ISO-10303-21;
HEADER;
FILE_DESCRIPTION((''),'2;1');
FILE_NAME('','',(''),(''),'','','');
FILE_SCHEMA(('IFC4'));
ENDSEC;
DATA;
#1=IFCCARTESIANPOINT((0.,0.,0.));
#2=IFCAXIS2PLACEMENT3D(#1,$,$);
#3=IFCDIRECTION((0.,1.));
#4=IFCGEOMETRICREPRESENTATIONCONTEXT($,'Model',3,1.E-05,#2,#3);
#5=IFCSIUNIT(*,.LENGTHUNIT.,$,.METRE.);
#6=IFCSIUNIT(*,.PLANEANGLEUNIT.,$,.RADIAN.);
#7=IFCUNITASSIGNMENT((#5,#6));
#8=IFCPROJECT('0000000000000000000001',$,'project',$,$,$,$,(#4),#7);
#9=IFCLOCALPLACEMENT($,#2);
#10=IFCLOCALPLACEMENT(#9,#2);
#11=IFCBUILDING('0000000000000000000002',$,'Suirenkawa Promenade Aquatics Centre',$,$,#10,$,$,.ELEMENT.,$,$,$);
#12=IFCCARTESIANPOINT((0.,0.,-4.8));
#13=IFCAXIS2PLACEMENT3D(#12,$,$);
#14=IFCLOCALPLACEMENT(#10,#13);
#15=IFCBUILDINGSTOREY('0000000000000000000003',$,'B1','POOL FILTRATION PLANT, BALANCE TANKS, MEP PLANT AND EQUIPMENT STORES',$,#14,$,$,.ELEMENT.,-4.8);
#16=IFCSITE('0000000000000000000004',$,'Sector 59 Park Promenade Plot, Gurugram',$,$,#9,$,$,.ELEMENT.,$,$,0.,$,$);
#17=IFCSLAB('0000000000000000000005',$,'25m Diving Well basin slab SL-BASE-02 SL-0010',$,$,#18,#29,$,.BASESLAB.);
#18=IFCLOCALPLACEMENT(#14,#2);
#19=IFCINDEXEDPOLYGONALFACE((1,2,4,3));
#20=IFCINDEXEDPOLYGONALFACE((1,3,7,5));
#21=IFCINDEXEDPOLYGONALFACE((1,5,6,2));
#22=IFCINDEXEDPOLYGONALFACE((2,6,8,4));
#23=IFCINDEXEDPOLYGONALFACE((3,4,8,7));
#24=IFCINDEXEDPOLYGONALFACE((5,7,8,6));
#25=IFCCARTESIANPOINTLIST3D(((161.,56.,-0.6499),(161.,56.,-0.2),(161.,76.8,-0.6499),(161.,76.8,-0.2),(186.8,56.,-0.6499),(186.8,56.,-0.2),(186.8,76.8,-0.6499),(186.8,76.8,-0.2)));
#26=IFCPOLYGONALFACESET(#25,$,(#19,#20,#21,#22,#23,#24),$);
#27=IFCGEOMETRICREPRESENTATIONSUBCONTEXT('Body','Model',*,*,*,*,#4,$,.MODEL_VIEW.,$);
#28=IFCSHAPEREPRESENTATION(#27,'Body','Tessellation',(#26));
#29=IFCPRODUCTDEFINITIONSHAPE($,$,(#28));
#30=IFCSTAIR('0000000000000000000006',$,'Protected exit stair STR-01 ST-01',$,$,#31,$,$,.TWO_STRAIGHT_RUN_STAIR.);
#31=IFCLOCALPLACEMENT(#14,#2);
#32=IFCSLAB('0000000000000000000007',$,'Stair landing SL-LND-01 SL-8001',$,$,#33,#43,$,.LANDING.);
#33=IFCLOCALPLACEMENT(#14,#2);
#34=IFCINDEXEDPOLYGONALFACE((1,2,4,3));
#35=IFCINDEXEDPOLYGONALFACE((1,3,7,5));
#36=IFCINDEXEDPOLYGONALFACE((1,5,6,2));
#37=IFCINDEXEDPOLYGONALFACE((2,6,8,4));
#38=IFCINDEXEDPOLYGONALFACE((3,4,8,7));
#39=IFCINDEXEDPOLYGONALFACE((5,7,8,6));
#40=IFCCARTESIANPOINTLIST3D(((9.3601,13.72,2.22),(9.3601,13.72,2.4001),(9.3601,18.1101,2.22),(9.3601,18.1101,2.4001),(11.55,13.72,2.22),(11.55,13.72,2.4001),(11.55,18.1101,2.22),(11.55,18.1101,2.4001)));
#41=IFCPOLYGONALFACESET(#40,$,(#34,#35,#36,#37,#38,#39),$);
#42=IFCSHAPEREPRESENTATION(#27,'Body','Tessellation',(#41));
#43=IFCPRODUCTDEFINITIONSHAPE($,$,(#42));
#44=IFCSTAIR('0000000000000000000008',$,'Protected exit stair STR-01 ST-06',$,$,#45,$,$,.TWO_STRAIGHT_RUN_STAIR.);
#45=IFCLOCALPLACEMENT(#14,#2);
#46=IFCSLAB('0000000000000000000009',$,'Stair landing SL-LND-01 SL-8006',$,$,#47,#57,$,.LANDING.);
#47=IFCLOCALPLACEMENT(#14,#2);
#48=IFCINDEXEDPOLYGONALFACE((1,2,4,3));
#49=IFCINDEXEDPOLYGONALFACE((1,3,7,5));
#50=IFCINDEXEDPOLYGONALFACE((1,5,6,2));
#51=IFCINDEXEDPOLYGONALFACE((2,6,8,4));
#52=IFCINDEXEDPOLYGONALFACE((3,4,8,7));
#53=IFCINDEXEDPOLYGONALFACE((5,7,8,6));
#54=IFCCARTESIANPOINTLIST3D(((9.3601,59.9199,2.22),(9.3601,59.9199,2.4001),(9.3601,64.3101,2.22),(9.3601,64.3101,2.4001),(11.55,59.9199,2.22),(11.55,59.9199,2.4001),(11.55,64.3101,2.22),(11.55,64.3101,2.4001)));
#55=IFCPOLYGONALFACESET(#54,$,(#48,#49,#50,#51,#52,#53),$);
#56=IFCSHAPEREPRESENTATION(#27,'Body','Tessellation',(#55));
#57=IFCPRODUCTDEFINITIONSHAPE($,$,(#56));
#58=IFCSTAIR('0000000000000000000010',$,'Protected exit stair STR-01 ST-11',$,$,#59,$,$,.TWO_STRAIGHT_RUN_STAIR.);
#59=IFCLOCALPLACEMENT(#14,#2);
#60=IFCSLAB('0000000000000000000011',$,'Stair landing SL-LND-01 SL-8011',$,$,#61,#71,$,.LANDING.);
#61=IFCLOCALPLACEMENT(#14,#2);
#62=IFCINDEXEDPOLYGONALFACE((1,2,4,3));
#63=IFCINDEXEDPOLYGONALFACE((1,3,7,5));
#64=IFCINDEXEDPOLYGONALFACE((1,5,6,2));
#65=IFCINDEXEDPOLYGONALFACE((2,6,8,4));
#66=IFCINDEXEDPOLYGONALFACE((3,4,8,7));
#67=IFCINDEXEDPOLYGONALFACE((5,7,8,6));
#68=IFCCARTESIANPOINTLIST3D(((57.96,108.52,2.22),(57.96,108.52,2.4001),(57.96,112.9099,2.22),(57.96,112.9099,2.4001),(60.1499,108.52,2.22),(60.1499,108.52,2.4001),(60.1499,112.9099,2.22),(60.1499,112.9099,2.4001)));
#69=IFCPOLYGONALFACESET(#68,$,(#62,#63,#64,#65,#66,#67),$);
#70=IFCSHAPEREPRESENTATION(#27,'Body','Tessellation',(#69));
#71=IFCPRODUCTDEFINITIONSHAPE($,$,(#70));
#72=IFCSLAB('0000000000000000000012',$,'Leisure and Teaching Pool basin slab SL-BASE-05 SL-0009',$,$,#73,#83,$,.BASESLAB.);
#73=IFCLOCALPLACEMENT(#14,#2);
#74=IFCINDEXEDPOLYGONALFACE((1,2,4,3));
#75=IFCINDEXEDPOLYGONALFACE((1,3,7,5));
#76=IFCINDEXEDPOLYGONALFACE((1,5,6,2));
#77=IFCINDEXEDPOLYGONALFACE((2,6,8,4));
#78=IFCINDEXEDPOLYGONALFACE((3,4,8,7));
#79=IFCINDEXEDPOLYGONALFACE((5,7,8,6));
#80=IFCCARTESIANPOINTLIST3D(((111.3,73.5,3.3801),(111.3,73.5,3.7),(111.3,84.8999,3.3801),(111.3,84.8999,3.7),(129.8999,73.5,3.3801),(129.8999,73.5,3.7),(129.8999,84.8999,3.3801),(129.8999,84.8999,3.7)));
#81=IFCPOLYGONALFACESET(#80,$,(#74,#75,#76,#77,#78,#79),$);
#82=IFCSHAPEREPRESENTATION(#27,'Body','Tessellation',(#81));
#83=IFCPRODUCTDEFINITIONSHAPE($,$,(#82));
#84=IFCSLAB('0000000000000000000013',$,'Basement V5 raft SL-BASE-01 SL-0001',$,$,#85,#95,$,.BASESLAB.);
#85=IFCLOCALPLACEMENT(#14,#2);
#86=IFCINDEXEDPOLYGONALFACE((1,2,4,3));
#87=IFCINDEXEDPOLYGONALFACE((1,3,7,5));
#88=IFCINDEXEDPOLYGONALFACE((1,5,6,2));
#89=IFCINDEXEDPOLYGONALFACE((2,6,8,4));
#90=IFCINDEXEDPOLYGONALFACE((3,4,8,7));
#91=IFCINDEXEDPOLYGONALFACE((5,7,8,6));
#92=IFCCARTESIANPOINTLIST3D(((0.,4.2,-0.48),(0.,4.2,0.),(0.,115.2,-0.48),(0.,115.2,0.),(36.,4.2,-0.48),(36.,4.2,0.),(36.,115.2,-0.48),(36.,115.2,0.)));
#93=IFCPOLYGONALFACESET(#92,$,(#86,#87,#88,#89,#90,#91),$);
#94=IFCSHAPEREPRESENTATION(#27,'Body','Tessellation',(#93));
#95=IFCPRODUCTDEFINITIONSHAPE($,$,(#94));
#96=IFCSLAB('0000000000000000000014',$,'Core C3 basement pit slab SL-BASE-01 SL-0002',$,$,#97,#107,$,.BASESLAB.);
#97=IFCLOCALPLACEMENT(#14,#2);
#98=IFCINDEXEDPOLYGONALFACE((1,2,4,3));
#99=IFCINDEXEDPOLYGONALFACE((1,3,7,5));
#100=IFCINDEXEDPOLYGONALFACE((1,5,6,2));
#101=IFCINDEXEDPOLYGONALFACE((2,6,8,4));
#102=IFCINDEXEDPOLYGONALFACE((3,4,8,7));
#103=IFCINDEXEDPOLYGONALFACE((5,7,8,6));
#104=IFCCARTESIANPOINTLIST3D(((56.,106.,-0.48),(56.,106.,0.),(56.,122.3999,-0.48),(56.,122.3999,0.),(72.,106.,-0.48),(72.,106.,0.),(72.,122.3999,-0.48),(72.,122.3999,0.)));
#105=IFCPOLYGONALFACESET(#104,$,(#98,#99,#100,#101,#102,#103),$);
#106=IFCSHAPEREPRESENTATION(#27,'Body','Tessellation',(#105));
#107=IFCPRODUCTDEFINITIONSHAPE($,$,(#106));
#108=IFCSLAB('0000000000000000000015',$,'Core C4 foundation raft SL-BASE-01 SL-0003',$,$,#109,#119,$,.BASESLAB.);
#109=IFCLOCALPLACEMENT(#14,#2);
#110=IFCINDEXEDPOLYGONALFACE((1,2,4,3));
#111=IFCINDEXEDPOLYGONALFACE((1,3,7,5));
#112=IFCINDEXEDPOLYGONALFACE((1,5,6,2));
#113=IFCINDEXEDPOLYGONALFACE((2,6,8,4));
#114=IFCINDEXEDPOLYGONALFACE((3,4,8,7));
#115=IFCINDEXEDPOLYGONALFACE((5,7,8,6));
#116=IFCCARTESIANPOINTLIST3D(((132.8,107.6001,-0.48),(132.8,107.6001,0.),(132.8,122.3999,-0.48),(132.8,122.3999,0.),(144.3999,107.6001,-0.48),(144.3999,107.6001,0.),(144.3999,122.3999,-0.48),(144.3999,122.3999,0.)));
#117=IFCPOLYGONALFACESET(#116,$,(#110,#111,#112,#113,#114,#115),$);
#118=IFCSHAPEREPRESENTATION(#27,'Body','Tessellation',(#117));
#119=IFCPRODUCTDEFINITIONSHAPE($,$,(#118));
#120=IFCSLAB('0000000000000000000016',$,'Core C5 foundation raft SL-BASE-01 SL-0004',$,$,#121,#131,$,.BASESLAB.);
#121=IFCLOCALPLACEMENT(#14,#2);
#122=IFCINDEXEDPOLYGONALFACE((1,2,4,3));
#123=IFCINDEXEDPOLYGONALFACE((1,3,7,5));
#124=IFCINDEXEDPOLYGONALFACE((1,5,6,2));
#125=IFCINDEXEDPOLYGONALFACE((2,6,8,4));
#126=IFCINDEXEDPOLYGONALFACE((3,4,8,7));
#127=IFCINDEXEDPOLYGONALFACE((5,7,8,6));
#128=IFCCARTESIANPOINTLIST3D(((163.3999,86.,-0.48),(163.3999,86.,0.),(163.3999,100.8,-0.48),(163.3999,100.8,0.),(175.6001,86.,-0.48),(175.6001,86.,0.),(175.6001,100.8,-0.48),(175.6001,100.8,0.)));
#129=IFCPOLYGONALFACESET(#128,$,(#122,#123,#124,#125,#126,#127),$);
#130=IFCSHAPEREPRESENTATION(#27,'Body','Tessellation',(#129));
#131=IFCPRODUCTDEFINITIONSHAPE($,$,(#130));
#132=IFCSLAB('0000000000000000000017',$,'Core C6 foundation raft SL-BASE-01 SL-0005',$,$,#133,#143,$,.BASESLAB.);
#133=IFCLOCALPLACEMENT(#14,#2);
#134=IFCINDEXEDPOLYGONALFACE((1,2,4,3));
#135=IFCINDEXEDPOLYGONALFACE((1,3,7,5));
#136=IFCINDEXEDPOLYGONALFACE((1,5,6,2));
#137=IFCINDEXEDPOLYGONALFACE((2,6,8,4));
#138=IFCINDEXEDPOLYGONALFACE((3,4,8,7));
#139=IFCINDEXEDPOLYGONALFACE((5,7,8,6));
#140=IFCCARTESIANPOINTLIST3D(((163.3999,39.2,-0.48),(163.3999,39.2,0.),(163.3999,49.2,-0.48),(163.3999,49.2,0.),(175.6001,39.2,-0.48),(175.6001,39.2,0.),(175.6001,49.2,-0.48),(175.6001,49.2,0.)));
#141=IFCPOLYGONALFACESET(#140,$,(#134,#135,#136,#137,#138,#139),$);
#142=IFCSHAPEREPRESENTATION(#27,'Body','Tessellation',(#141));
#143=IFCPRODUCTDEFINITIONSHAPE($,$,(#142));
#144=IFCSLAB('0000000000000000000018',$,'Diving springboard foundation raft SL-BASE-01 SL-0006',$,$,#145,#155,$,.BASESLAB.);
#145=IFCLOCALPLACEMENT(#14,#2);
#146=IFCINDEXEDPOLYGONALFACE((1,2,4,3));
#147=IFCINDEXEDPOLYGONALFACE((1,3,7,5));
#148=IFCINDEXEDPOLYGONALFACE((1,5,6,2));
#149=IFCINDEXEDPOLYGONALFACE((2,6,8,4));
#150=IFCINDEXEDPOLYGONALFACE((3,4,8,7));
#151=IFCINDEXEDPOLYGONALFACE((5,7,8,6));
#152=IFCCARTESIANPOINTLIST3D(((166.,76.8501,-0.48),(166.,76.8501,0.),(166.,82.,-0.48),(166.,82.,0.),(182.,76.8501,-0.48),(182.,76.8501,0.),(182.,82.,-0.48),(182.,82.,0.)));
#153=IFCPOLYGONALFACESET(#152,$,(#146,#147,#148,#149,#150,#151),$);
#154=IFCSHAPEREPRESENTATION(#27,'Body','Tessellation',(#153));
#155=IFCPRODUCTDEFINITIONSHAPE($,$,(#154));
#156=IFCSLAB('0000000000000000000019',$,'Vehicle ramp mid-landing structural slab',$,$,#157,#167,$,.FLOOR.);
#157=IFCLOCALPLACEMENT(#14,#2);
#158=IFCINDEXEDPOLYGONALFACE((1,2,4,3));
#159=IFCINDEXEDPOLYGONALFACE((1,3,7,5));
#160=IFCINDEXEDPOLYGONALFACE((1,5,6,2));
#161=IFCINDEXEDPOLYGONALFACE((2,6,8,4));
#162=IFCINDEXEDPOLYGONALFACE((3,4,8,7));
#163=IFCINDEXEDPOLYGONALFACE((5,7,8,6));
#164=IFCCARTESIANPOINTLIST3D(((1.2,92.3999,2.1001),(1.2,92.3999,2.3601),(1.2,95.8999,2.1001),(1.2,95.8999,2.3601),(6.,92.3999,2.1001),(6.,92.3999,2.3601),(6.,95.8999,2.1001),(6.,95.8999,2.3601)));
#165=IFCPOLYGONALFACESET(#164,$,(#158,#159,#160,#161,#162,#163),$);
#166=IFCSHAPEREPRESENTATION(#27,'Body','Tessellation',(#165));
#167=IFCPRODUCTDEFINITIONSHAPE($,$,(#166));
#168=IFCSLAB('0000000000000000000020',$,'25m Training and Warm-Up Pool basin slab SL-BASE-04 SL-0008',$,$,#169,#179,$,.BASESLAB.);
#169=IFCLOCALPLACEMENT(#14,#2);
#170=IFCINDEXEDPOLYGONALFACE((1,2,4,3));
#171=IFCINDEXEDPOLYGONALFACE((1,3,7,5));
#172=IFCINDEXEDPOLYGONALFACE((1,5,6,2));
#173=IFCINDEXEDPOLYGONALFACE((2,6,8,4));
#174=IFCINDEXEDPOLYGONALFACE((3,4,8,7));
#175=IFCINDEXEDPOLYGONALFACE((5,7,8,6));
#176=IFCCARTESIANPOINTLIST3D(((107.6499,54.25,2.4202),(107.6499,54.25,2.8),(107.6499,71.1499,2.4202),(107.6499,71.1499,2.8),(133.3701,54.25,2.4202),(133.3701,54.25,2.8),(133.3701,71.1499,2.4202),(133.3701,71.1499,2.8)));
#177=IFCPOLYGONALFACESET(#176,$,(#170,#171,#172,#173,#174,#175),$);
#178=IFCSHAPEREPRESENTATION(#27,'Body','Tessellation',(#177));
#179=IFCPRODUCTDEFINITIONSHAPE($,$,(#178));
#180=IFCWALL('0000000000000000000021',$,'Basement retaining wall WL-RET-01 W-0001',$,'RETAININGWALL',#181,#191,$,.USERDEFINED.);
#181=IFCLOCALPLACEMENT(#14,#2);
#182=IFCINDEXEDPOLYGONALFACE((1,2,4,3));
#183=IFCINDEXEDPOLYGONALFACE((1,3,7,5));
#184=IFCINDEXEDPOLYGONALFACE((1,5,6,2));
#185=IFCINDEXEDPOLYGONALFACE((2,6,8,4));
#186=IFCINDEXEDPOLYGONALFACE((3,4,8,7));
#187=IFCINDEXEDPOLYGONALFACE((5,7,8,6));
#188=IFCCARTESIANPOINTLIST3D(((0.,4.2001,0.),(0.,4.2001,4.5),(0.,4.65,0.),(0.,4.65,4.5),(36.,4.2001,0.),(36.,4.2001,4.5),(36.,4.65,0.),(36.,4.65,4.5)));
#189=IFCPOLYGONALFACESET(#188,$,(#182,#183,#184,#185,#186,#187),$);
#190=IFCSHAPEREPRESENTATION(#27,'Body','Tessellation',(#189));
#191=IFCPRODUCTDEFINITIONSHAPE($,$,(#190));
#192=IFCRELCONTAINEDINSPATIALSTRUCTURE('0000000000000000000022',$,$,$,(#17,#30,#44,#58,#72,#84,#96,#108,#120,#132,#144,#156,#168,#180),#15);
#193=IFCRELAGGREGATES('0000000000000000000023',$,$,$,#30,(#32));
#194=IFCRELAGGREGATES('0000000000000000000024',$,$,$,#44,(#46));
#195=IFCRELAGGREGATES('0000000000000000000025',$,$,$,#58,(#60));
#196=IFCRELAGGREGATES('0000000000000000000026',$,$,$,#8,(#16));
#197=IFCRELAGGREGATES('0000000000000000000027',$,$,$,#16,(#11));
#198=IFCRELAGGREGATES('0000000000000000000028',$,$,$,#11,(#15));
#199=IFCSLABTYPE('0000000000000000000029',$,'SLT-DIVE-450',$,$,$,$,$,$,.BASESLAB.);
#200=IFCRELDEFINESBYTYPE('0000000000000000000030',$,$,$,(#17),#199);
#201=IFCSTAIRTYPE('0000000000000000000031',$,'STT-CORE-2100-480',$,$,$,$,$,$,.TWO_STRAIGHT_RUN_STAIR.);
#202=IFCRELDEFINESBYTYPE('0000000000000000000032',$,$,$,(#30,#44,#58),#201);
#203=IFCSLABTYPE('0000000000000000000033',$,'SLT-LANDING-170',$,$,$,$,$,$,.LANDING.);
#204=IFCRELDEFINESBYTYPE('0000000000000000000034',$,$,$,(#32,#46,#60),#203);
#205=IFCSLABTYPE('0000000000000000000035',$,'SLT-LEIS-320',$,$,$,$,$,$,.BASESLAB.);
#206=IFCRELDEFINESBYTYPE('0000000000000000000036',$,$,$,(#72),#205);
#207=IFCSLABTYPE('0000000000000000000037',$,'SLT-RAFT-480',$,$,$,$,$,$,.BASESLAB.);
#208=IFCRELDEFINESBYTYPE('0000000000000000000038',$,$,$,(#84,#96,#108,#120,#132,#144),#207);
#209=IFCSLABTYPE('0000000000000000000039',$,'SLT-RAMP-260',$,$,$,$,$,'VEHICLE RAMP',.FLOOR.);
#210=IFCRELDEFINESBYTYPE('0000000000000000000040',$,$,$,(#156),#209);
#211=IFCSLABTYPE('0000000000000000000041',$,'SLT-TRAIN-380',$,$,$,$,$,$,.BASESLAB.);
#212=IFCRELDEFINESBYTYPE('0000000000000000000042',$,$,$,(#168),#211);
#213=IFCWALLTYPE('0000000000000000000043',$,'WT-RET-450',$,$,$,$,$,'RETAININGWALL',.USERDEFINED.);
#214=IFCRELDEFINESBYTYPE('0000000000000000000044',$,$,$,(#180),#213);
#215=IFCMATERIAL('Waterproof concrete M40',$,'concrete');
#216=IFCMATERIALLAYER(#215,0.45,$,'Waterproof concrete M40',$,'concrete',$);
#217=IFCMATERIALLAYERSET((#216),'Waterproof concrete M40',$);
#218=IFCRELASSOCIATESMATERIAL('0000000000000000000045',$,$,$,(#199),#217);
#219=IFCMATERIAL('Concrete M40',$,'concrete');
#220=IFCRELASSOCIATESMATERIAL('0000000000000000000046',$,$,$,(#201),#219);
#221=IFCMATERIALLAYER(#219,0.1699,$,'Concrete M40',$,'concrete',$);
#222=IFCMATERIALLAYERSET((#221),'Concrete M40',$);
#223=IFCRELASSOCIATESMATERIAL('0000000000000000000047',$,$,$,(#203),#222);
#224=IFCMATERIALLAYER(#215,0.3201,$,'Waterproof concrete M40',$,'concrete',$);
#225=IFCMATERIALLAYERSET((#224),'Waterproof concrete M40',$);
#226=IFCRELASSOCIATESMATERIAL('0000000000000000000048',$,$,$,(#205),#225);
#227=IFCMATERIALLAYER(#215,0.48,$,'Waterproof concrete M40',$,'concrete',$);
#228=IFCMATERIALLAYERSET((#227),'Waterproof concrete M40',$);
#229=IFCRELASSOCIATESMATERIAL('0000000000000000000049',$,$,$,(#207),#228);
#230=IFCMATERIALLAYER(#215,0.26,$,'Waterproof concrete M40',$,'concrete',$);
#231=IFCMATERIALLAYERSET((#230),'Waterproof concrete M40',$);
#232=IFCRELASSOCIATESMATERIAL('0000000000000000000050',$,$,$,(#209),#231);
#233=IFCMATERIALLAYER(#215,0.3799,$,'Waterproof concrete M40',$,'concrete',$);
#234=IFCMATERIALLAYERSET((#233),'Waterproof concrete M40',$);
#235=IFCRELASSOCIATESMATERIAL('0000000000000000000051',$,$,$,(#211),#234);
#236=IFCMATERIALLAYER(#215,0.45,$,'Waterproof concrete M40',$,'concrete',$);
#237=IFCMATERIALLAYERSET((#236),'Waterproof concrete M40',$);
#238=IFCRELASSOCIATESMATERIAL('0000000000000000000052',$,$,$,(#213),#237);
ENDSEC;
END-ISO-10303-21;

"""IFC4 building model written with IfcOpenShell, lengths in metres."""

from ifc_helpers import new_model, si_unit, direction, frame, frame_2d, origin, place, context, subcontext, project, spatial, polyline, rectangle, outline, extrude, material, layer, layer_set, type_object, element, aggregate, save


model = new_model("IFC4")

# Units and contexts
model_context = context("Model", 3, precision=1e-05, world=origin(), true_north=direction((0.0, 1.0)))
body_context = subcontext(model_context, "Body", "Model", "MODEL_VIEW")
ifc_project = project(units=[si_unit("LENGTHUNIT", "METRE"), si_unit("PLANEANGLEUNIT", "RADIAN")], contexts=[model_context])

# Site, building, storey
site_placement = place(None, origin())
site = spatial("IfcSite", under=ifc_project, at=site_placement, Name="Sector 59 Park Promenade Plot, Gurugram", CompositionType="ELEMENT", RefElevation=0.0)
building_placement = place(site_placement, origin())
building = spatial("IfcBuilding", under=site, at=building_placement, Name="Suirenkawa Promenade Aquatics Centre", CompositionType="ELEMENT")
storey_placement = place(building_placement, frame((0.0, 0.0, -4.8)))
storey = spatial("IfcBuildingStorey", under=building, at=storey_placement, Name="B1", Description="POOL FILTRATION PLANT, BALANCE TANKS, MEP PLANT AND EQUIPMENT STORES", CompositionType="ELEMENT", Elevation=-4.8)

# Shared definitions
ifc_material_1 = material(Name="Concrete M40", Category="concrete")

# Slab
ifc_material_2 = material(Name="Waterproof concrete M40", Category="concrete")
ifc_layer_1 = layer(ifc_material_2, 0.45, Name="Waterproof concrete M40", Category="concrete")
ifc_layer_set_1 = layer_set([ifc_layer_1], Name="Waterproof concrete M40")
slab_type_1 = type_object("IfcSlabType", Name="SLT-DIVE-450", PredefinedType="BASESLAB", material=ifc_layer_set_1)
slab_1_placement = place(storey_placement, frame((0.0, 0.0, -0.6499)))
element("IfcSlab", 1, at=slab_1_placement, inside=storey, type_object=slab_type_1, Name="25m Diving Well basin slab SL-BASE-02 SL-0010", PredefinedType="BASESLAB", context=body_context, shape_type="SweptSolid", body=[
    extrude(outline(polyline([(161.0, 56.0), (186.8, 56.0), (186.8, 76.8), (161.0, 76.8), (161.0, 56.0)])), origin(), (0.0, 0.0, 1.0), 0.45),
])

# Stairs, slabs
stair_type = type_object("IfcStairType", Name="STT-CORE-2100-480", PredefinedType="TWO_STRAIGHT_RUN_STAIR", material=ifc_material_1)
stair_1_placement = place(storey_placement, origin())
stair_1 = element("IfcStair", 2, at=stair_1_placement, inside=storey, type_object=stair_type, Name="Protected exit stair STR-01 ST-01", PredefinedType="TWO_STRAIGHT_RUN_STAIR")
ifc_layer_2 = layer(ifc_material_1, 0.1699, Name="Concrete M40", Category="concrete")
ifc_layer_set_2 = layer_set([ifc_layer_2], Name="Concrete M40")
slab_type_2 = type_object("IfcSlabType", Name="SLT-LANDING-170", PredefinedType="LANDING", material=ifc_layer_set_2)
slab_2_placement = place(storey_placement, frame((0.0, 0.0, 2.22)))
slab_2 = element("IfcSlab", 3, at=slab_2_placement, type_object=slab_type_2, Name="Stair landing SL-LND-01 SL-8001", PredefinedType="LANDING", context=body_context, shape_type="SweptSolid", body=[
    extrude(outline(polyline([(9.3601, 13.72), (11.55, 13.72), (11.55, 18.1101), (9.3601, 18.1101), (9.3601, 13.72)])), origin(), (0.0, 0.0, 1.0), 0.1802),
])
aggregate(stair_1, [slab_2])
stair_2_placement = place(storey_placement, origin())
stair_2 = element("IfcStair", 4, at=stair_2_placement, inside=storey, type_object=stair_type, Name="Protected exit stair STR-01 ST-06", PredefinedType="TWO_STRAIGHT_RUN_STAIR")
slab_3_placement = place(storey_placement, frame((0.0, 0.0, 2.22)))
slab_3 = element("IfcSlab", 5, at=slab_3_placement, type_object=slab_type_2, Name="Stair landing SL-LND-01 SL-8006", PredefinedType="LANDING", context=body_context, shape_type="SweptSolid", body=[
    extrude(outline(polyline([(9.3601, 59.9199), (11.55, 59.9199), (11.55, 64.3101), (9.3601, 64.3101), (9.3601, 59.9199)])), origin(), (0.0, 0.0, 1.0), 0.1802),
])
aggregate(stair_2, [slab_3])
stair_3_placement = place(storey_placement, origin())
stair_3 = element("IfcStair", 6, at=stair_3_placement, inside=storey, type_object=stair_type, Name="Protected exit stair STR-01 ST-11", PredefinedType="TWO_STRAIGHT_RUN_STAIR")
slab_4_placement = place(storey_placement, frame((0.0, 0.0, 2.22)))
slab_4 = element("IfcSlab", 7, at=slab_4_placement, type_object=slab_type_2, Name="Stair landing SL-LND-01 SL-8011", PredefinedType="LANDING", context=body_context, shape_type="SweptSolid", body=[
    extrude(outline(polyline([(57.96, 108.52), (60.1499, 108.52), (60.1499, 112.9099), (57.96, 112.9099), (57.96, 108.52)])), origin(), (0.0, 0.0, 1.0), 0.1802),
])
aggregate(stair_3, [slab_4])

# Slabs
ifc_layer_3 = layer(ifc_material_2, 0.3201, Name="Waterproof concrete M40", Category="concrete")
ifc_layer_set_3 = layer_set([ifc_layer_3], Name="Waterproof concrete M40")
slab_type_3 = type_object("IfcSlabType", Name="SLT-LEIS-320", PredefinedType="BASESLAB", material=ifc_layer_set_3)
slab_5_placement = place(storey_placement, frame((0.0, 0.0, 3.3801)))
element("IfcSlab", 8, at=slab_5_placement, inside=storey, type_object=slab_type_3, Name="Leisure and Teaching Pool basin slab SL-BASE-05 SL-0009", PredefinedType="BASESLAB", context=body_context, shape_type="SweptSolid", body=[
    extrude(outline(polyline([(111.3, 73.5), (129.8999, 73.5), (129.8999, 84.8999), (111.3, 84.8999), (111.3, 73.5)])), origin(), (0.0, 0.0, 1.0), 0.3198),
])
ifc_layer_4 = layer(ifc_material_2, 0.48, Name="Waterproof concrete M40", Category="concrete")
ifc_layer_set_4 = layer_set([ifc_layer_4], Name="Waterproof concrete M40")
slab_type_4 = type_object("IfcSlabType", Name="SLT-RAFT-480", PredefinedType="BASESLAB", material=ifc_layer_set_4)
slab_6_placement = place(storey_placement, frame((0.0, 0.0, -0.48)))
element("IfcSlab", 9, at=slab_6_placement, inside=storey, type_object=slab_type_4, Name="Basement V5 raft SL-BASE-01 SL-0001", PredefinedType="BASESLAB", context=body_context, shape_type="SweptSolid", body=[
    extrude(outline(polyline([(0.0, 4.2), (36.0, 4.2), (36.0, 115.2), (0.0, 115.2), (0.0, 4.2)])), origin(), (0.0, 0.0, 1.0), 0.48),
])
slab_7_placement = place(storey_placement, frame((0.0, 0.0, -0.48)))
element("IfcSlab", 10, at=slab_7_placement, inside=storey, type_object=slab_type_4, Name="Core C3 basement pit slab SL-BASE-01 SL-0002", PredefinedType="BASESLAB", context=body_context, shape_type="SweptSolid", body=[
    extrude(outline(polyline([(56.0, 106.0), (72.0, 106.0), (72.0, 122.3999), (56.0, 122.3999), (56.0, 106.0)])), origin(), (0.0, 0.0, 1.0), 0.48),
])
slab_8_placement = place(storey_placement, frame((0.0, 0.0, -0.48)))
element("IfcSlab", 11, at=slab_8_placement, inside=storey, type_object=slab_type_4, Name="Core C4 foundation raft SL-BASE-01 SL-0003", PredefinedType="BASESLAB", context=body_context, shape_type="SweptSolid", body=[
    extrude(outline(polyline([(132.8, 107.6001), (144.3999, 107.6001), (144.3999, 122.3999), (132.8, 122.3999), (132.8, 107.6001)])), origin(), (0.0, 0.0, 1.0), 0.48),
])
slab_9_placement = place(storey_placement, frame((0.0, 0.0, -0.48)))
element("IfcSlab", 12, at=slab_9_placement, inside=storey, type_object=slab_type_4, Name="Core C5 foundation raft SL-BASE-01 SL-0004", PredefinedType="BASESLAB", context=body_context, shape_type="SweptSolid", body=[
    extrude(outline(polyline([(163.3999, 86.0), (175.6001, 86.0), (175.6001, 100.8), (163.3999, 100.8), (163.3999, 86.0)])), origin(), (0.0, 0.0, 1.0), 0.48),
])
slab_10_placement = place(storey_placement, frame((0.0, 0.0, -0.48)))
element("IfcSlab", 13, at=slab_10_placement, inside=storey, type_object=slab_type_4, Name="Core C6 foundation raft SL-BASE-01 SL-0005", PredefinedType="BASESLAB", context=body_context, shape_type="SweptSolid", body=[
    extrude(outline(polyline([(163.3999, 39.2), (175.6001, 39.2), (175.6001, 49.2), (163.3999, 49.2), (163.3999, 39.2)])), origin(), (0.0, 0.0, 1.0), 0.48),
])
slab_11_placement = place(storey_placement, frame((0.0, 0.0, -0.48)))
element("IfcSlab", 14, at=slab_11_placement, inside=storey, type_object=slab_type_4, Name="Diving springboard foundation raft SL-BASE-01 SL-0006", PredefinedType="BASESLAB", context=body_context, shape_type="SweptSolid", body=[
    extrude(outline(polyline([(166.0, 76.8501), (182.0, 76.8501), (182.0, 82.0), (166.0, 82.0), (166.0, 76.8501)])), origin(), (0.0, 0.0, 1.0), 0.48),
])
ifc_layer_5 = layer(ifc_material_2, 0.26, Name="Waterproof concrete M40", Category="concrete")
ifc_layer_set_5 = layer_set([ifc_layer_5], Name="Waterproof concrete M40")
slab_type_5 = type_object("IfcSlabType", Name="SLT-RAMP-260", ElementType="VEHICLE RAMP", PredefinedType="FLOOR", material=ifc_layer_set_5)
slab_12_placement = place(storey_placement, frame((0.0, 0.0, 2.1001)))
element("IfcSlab", 15, at=slab_12_placement, inside=storey, type_object=slab_type_5, Name="Vehicle ramp mid-landing structural slab", PredefinedType="FLOOR", context=body_context, shape_type="SweptSolid", body=[
    extrude(outline(polyline([(1.2, 92.3999), (6.0, 92.3999), (6.0, 95.8999), (1.2, 95.8999), (1.2, 92.3999)])), origin(), (0.0, 0.0, 1.0), 0.26),
])
ifc_layer_6 = layer(ifc_material_2, 0.3799, Name="Waterproof concrete M40", Category="concrete")
ifc_layer_set_6 = layer_set([ifc_layer_6], Name="Waterproof concrete M40")
slab_type_6 = type_object("IfcSlabType", Name="SLT-TRAIN-380", PredefinedType="BASESLAB", material=ifc_layer_set_6)
slab_13_placement = place(storey_placement, frame((0.0, 0.0, 2.4202)))
element("IfcSlab", 16, at=slab_13_placement, inside=storey, type_object=slab_type_6, Name="25m Training and Warm-Up Pool basin slab SL-BASE-04 SL-0008", PredefinedType="BASESLAB", context=body_context, shape_type="SweptSolid", body=[
    extrude(outline(polyline([(107.6499, 54.25), (133.3701, 54.25), (133.3701, 71.1499), (107.6499, 71.1499), (107.6499, 54.25)])), origin(), (0.0, 0.0, 1.0), 0.3799),
])

# Wall
ifc_layer_7 = layer(ifc_material_2, 0.45, Name="Waterproof concrete M40", Category="concrete")
ifc_layer_set_7 = layer_set([ifc_layer_7], Name="Waterproof concrete M40")
wall_type = type_object("IfcWallType", Name="WT-RET-450", ElementType="RETAININGWALL", PredefinedType="USERDEFINED", material=ifc_layer_set_7)
wall_1_placement = place(storey_placement, frame((0.0, 4.425, 0.0), z_axis=(0.0, 0.0, 1.0), x_axis=(1.0, 0.0, 0.0)))
element("IfcWall", 17, at=wall_1_placement, inside=storey, type_object=wall_type, Name="Basement retaining wall WL-RET-01 W-0001", ObjectType="RETAININGWALL", PredefinedType="USERDEFINED", context=body_context, shape_type="SweptSolid", body=[
    extrude(rectangle(XDim=36.0, YDim=0.45, at=frame_2d((18.0, 0.0))), origin(), (0.0, 0.0, 1.0), 4.5),
])

save(model, "model.ifc")
